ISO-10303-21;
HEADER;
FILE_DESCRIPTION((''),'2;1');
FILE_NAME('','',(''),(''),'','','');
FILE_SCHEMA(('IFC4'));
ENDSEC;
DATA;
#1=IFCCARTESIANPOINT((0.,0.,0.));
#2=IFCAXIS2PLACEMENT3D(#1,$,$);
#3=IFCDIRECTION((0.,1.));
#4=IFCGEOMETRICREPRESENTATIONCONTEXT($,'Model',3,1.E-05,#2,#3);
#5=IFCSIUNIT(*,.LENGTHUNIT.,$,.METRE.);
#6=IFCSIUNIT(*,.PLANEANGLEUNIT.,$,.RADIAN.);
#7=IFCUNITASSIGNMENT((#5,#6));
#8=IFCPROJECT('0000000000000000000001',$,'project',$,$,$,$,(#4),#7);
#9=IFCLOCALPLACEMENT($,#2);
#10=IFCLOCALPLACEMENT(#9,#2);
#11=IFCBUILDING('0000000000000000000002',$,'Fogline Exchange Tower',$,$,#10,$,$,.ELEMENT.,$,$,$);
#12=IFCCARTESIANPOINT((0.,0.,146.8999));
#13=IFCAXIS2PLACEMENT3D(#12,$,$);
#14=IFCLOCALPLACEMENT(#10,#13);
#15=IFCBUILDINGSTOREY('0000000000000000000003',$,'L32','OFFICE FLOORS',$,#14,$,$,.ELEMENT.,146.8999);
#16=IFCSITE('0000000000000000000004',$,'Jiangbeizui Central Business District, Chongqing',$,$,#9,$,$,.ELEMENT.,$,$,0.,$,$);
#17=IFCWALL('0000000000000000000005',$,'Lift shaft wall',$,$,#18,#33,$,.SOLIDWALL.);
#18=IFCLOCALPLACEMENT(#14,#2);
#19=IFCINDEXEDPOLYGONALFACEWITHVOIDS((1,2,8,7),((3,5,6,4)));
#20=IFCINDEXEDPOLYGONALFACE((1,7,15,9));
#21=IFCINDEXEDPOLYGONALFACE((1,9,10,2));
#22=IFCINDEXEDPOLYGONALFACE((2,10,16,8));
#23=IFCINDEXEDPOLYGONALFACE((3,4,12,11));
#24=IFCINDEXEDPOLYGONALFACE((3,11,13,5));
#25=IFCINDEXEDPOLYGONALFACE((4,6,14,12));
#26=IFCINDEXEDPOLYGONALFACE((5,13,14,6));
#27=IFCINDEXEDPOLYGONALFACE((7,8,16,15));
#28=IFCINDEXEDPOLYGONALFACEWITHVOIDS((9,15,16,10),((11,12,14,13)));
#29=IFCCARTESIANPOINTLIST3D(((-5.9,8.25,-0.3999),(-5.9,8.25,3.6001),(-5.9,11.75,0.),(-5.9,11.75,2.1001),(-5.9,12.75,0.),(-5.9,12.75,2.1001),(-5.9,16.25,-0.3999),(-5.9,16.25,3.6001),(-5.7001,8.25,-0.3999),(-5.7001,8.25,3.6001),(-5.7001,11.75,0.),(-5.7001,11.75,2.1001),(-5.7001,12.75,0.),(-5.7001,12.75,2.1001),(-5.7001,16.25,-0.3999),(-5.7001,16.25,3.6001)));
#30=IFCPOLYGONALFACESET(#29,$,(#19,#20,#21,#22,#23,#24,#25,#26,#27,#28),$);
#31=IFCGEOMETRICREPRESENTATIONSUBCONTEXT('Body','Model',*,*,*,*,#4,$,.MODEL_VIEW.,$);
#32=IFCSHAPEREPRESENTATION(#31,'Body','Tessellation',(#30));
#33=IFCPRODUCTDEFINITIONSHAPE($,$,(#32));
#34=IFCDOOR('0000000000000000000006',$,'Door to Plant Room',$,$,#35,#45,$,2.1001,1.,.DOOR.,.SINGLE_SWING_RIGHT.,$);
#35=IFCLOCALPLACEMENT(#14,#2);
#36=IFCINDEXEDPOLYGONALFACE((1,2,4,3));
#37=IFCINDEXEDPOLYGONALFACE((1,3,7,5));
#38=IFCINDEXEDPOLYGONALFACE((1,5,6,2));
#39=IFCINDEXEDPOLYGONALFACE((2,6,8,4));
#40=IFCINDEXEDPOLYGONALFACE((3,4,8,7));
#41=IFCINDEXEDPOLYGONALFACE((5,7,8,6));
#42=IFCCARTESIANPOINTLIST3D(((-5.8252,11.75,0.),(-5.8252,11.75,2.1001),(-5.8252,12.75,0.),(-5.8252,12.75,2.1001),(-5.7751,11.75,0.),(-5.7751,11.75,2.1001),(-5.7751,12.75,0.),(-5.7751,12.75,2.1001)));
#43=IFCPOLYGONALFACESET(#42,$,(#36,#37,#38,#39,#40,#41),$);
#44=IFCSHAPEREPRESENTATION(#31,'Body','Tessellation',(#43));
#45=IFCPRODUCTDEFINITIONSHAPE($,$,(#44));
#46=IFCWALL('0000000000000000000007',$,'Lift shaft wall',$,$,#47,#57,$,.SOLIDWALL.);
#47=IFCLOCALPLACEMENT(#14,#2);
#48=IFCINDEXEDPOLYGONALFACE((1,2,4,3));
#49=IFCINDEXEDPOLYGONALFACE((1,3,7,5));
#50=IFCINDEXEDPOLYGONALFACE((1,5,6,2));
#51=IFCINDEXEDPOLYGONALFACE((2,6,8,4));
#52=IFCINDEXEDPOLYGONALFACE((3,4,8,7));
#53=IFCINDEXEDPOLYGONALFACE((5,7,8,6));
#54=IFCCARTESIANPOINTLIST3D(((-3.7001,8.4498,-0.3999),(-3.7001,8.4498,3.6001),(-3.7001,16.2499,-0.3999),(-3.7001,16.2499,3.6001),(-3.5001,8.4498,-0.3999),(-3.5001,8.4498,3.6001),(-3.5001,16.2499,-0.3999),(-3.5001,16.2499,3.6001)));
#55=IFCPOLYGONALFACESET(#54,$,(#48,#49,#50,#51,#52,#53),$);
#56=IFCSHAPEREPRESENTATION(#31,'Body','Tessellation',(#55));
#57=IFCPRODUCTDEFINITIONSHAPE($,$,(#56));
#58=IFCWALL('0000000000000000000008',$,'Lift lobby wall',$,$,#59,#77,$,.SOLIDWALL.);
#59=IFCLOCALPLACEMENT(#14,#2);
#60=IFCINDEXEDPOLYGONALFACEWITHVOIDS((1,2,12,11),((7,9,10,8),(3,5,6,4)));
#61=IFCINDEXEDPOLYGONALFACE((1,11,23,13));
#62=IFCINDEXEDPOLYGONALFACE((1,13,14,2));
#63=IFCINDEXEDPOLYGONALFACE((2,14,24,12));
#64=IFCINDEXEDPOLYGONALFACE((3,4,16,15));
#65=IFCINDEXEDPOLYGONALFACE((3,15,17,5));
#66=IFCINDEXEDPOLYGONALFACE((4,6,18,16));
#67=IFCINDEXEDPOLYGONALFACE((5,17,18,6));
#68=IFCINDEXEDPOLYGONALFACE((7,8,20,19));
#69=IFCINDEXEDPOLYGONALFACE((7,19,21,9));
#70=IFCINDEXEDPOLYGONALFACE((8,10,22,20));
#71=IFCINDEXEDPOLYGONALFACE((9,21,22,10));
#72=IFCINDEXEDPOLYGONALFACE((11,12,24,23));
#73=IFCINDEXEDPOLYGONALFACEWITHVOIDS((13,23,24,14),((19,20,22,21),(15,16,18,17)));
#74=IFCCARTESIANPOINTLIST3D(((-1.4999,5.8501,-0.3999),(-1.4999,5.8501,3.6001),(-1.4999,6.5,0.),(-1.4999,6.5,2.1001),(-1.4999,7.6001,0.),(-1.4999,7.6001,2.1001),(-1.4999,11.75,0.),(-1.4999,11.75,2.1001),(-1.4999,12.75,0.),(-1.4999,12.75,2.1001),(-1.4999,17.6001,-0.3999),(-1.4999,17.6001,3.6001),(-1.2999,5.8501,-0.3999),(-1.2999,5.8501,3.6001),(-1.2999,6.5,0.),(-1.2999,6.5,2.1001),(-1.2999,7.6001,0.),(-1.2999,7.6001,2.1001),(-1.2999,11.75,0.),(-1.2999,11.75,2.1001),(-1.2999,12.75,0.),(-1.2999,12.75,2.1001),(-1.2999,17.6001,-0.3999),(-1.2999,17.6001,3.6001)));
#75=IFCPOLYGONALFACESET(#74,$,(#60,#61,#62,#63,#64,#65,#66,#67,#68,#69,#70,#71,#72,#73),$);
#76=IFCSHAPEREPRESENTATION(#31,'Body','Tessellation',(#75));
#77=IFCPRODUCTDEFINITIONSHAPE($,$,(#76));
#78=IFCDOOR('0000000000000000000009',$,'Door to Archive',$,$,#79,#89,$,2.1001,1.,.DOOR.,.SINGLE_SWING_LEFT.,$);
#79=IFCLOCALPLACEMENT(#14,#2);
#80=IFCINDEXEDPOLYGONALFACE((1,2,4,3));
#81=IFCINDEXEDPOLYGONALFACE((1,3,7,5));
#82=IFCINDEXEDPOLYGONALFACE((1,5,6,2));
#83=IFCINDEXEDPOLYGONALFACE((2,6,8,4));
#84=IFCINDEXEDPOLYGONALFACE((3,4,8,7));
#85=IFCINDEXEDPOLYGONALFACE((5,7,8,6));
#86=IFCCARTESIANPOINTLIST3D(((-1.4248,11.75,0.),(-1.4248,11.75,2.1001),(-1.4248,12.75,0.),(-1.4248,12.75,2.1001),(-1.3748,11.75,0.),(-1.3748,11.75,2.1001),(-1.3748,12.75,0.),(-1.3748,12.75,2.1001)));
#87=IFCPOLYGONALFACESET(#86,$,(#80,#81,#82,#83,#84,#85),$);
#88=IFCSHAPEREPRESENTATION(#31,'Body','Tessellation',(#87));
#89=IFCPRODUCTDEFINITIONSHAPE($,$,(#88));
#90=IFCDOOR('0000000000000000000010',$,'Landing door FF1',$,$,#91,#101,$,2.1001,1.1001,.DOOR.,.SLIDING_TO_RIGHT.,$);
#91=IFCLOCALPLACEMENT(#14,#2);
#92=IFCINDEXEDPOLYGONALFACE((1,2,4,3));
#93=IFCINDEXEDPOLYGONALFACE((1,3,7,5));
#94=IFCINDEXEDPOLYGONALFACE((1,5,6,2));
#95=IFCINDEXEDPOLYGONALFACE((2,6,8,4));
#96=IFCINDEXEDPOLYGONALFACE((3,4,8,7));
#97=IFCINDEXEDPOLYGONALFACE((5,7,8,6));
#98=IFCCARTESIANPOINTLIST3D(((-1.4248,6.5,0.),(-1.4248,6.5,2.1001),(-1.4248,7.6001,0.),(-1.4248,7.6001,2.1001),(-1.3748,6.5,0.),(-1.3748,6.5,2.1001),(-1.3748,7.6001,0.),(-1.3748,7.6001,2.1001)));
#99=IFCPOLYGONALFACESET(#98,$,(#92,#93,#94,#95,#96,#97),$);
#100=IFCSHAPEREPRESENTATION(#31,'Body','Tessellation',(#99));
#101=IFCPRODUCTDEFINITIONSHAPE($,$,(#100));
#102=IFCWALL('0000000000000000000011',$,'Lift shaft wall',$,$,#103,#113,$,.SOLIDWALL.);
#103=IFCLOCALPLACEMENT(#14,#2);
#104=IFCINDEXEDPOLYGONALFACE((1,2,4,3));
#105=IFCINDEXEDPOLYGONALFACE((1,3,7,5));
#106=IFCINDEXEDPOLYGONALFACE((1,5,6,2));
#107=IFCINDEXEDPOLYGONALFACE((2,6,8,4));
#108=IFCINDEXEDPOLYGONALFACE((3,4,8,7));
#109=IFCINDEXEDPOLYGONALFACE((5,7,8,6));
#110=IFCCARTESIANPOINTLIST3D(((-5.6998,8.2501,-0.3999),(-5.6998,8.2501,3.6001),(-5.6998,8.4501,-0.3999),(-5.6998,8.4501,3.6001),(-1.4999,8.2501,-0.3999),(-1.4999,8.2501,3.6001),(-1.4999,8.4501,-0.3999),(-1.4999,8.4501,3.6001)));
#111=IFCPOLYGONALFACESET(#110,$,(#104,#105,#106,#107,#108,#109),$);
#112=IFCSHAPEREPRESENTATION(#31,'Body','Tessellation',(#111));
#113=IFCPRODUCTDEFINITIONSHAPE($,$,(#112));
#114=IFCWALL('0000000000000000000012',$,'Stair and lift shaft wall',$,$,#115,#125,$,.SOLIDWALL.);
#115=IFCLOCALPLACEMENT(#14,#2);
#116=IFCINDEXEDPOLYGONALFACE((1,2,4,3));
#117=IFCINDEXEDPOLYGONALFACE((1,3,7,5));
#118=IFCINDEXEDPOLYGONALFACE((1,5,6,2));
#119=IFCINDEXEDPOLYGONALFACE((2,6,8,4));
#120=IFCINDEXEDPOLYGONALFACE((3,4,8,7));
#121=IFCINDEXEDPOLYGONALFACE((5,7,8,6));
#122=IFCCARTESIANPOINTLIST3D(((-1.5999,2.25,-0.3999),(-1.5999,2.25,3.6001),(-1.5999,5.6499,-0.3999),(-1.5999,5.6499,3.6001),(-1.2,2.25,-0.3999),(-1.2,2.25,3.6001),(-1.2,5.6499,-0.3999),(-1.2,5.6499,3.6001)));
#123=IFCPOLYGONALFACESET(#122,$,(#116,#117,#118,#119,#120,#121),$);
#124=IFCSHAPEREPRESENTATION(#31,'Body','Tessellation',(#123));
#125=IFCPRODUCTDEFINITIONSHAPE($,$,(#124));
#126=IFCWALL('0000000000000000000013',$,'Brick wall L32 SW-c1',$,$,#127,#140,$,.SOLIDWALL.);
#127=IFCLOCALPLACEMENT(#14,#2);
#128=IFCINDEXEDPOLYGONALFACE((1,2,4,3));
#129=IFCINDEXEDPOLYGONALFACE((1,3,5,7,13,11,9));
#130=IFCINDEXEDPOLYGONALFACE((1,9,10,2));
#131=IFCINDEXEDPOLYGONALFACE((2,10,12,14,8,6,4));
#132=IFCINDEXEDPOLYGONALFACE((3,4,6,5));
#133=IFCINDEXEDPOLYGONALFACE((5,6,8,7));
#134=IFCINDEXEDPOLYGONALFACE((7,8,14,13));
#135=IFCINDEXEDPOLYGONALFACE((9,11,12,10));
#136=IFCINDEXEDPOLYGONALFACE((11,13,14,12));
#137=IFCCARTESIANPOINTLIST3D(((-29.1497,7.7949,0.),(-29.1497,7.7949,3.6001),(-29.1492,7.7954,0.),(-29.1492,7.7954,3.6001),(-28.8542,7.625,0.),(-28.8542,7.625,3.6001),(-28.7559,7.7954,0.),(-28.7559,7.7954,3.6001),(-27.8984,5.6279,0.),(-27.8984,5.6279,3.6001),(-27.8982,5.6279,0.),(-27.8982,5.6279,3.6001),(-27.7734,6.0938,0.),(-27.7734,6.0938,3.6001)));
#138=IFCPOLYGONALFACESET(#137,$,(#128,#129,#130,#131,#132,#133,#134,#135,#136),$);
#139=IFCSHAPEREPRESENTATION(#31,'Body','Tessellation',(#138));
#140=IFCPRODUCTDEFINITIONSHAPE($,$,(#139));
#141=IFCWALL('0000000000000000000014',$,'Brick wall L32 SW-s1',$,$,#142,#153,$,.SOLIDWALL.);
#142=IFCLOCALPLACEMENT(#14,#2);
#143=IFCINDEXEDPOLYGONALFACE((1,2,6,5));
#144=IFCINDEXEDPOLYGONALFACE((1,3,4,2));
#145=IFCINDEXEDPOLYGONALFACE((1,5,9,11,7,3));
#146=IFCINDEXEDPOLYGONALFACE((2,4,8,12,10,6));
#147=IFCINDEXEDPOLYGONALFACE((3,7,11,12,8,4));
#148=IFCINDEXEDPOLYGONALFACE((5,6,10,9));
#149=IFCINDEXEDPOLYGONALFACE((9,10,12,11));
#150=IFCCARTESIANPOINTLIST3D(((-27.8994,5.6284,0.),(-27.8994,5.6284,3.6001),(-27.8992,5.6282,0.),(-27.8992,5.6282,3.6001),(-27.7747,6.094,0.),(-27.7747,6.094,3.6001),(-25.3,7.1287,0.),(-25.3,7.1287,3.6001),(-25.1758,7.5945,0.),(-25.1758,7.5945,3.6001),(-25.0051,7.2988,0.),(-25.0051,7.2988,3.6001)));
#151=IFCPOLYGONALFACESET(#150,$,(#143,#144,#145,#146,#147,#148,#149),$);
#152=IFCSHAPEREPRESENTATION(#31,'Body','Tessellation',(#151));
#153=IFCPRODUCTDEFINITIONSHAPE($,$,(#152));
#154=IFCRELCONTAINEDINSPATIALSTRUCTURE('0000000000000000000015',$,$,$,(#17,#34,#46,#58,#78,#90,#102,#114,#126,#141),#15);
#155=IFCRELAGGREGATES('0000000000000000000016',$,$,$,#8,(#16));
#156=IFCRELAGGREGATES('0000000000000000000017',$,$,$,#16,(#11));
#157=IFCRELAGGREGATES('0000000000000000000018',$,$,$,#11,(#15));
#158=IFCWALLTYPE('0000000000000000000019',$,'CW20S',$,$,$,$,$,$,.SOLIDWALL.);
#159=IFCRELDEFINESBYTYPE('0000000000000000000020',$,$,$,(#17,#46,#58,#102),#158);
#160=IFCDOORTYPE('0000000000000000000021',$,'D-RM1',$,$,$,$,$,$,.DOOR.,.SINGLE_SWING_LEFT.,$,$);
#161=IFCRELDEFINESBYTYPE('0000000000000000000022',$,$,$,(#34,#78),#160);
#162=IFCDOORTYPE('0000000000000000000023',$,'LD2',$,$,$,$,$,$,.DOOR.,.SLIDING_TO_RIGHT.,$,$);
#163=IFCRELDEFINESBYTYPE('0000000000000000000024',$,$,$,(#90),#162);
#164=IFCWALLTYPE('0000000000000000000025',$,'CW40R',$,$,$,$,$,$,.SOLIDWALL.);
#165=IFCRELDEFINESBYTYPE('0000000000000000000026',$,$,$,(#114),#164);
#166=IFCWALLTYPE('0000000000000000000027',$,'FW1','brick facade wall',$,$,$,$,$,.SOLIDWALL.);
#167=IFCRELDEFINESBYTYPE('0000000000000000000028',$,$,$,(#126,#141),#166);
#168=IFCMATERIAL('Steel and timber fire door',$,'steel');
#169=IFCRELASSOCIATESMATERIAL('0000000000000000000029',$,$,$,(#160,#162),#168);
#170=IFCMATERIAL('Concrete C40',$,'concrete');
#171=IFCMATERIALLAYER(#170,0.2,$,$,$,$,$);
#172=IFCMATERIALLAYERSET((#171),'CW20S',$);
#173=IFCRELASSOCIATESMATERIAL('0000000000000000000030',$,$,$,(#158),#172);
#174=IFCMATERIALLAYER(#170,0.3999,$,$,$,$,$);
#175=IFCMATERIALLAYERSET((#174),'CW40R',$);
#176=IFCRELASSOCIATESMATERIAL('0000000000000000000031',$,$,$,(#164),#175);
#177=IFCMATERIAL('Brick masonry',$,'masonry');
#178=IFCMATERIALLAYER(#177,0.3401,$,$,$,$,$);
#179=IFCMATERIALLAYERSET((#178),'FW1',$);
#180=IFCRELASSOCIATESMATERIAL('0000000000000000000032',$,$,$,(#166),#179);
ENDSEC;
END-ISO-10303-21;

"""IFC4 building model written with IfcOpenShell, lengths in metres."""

from ifc_helpers import new_model, si_unit, direction, frame, frame_2d, origin, place, context, subcontext, project, spatial, polyline, rectangle, outline, extrude, material, layer, layer_set, type_object, element, fill, save


model = new_model("IFC4")

# Units and contexts
model_context = context("Model", 3, precision=1e-05, world=origin(), true_north=direction((0.0, 1.0)))
body_context = subcontext(model_context, "Body", "Model", "MODEL_VIEW")
ifc_project = project(units=[si_unit("LENGTHUNIT", "METRE"), si_unit("PLANEANGLEUNIT", "RADIAN")], contexts=[model_context])

# Site, building, storey
site_placement = place(None, origin())
site = spatial("IfcSite", under=ifc_project, at=site_placement, Name="Jiangbeizui Central Business District, Chongqing", CompositionType="ELEMENT", RefElevation=0.0)
building_placement = place(site_placement, origin())
building = spatial("IfcBuilding", under=site, at=building_placement, Name="Fogline Exchange Tower", CompositionType="ELEMENT")
storey_placement = place(building_placement, frame((0.0, 0.0, 146.8999)))
storey = spatial("IfcBuildingStorey", under=building, at=storey_placement, Name="L32", Description="OFFICE FLOORS", CompositionType="ELEMENT", Elevation=146.8999)

# Shared definitions
ifc_material_1 = material(Name="Concrete C40", Category="concrete")

# Wall, opening, door
ifc_material_2 = material(Name="Steel and timber fire door", Category="steel")
door_type_1 = type_object("IfcDoorType", Name="D-RM1", OperationType="SINGLE_SWING_LEFT", PredefinedType="DOOR", material=ifc_material_2)
ifc_layer_1 = layer(ifc_material_1, 0.2)
ifc_layer_set_1 = layer_set([ifc_layer_1], Name="CW20S")
wall_type_1 = type_object("IfcWallType", Name="CW20S", PredefinedType="SOLIDWALL", material=ifc_layer_set_1)
wall_1_placement = place(storey_placement, frame((-5.8, 8.25, -0.3999), z_axis=(0.0, 0.0, 1.0), x_axis=(0.0, 1.0, 0.0)))
wall_1 = element("IfcWall", 1, at=wall_1_placement, inside=storey, type_object=wall_type_1, Name="Lift shaft wall", PredefinedType="SOLIDWALL", context=body_context, shape_type="SweptSolid", body=[
    extrude(rectangle(XDim=8.0, YDim=0.2, at=frame_2d((4.0, 0.0))), origin(), (0.0, 0.0, 1.0), 4.0),
])
opening_1_placement = place(wall_1_placement, frame((3.5, 0.0, 0.3999)))
opening_1 = element("IfcOpeningElement", 2, at=opening_1_placement, cuts=wall_1, PredefinedType="OPENING", context=body_context, shape_type="SweptSolid", body=[
    extrude(rectangle(XDim=1.0, YDim=2.1001, at=frame_2d((0.5, 1.05))), frame((0.0, 0.1099, 0.0), z_axis=(0.0, -1.0, 0.0), x_axis=(1.0, 0.0, 0.0)), (0.0, 0.0, 1.0), 0.22),
])
door_1_placement = place(opening_1_placement, frame((1.0, 0.0, 0.0), z_axis=(0.0, 0.0, 1.0), x_axis=(-1.0, 0.0, 0.0)))
door_1 = element("IfcDoor", 3, at=door_1_placement, inside=storey, type_object=door_type_1, Name="Door to Plant Room", OperationType="SINGLE_SWING_RIGHT", OverallHeight=2.1001, OverallWidth=1.0, PredefinedType="DOOR", context=body_context, shape_type="SweptSolid", body=[
    extrude(rectangle(XDim=1.0, YDim=2.1001, at=frame_2d((0.5, 1.05))), frame((0.0, 0.0249, 0.0), z_axis=(0.0, -1.0, 0.0), x_axis=(1.0, 0.0, 0.0)), (0.0, 0.0, 1.0), 0.05),
])
fill(opening_1, door_1)

# Wall
wall_2_placement = place(storey_placement, frame((-3.6001, 8.45, -0.3999), z_axis=(0.0, 0.0, 1.0), x_axis=(0.0, 1.0, 0.0)))
element("IfcWall", 4, at=wall_2_placement, inside=storey, type_object=wall_type_1, Name="Lift shaft wall", PredefinedType="SOLIDWALL", context=body_context, shape_type="SweptSolid", body=[
    extrude(rectangle(XDim=7.8, YDim=0.2, at=frame_2d((3.8999, 0.0))), origin(), (0.0, 0.0, 1.0), 4.0),
])

# Wall, openings, doors
wall_3_placement = place(storey_placement, frame((-1.3999, 5.8501, -0.3999), z_axis=(0.0, 0.0, 1.0), x_axis=(0.0, 1.0, 0.0)))
wall_3 = element("IfcWall", 5, at=wall_3_placement, inside=storey, type_object=wall_type_1, Name="Lift lobby wall", PredefinedType="SOLIDWALL", context=body_context, shape_type="SweptSolid", body=[
    extrude(rectangle(XDim=11.75, YDim=0.2, at=frame_2d((5.875, 0.0))), origin(), (0.0, 0.0, 1.0), 4.0),
])
opening_2_placement = place(wall_3_placement, frame((0.6499, 0.0, 0.3999)))
opening_2 = element("IfcOpeningElement", 6, at=opening_2_placement, cuts=wall_3, PredefinedType="OPENING", context=body_context, shape_type="SweptSolid", body=[
    extrude(rectangle(XDim=1.1001, YDim=2.1001, at=frame_2d((0.55, 1.05))), frame((0.0, 0.1099, 0.0), z_axis=(0.0, -1.0, 0.0), x_axis=(1.0, 0.0, 0.0)), (0.0, 0.0, 1.0), 0.22),
])
opening_3_placement = place(wall_3_placement, frame((5.8999, 0.0, 0.3999)))
opening_3 = element("IfcOpeningElement", 7, at=opening_3_placement, cuts=wall_3, PredefinedType="OPENING", context=body_context, shape_type="SweptSolid", body=[
    extrude(rectangle(XDim=1.0, YDim=2.1001, at=frame_2d((0.5, 1.05))), frame((0.0, 0.1099, 0.0), z_axis=(0.0, -1.0, 0.0), x_axis=(1.0, 0.0, 0.0)), (0.0, 0.0, 1.0), 0.22),
])
door_2_placement = place(opening_3_placement, origin())
door_2 = element("IfcDoor", 8, at=door_2_placement, inside=storey, type_object=door_type_1, Name="Door to Archive", OperationType="SINGLE_SWING_LEFT", OverallHeight=2.1001, OverallWidth=1.0, PredefinedType="DOOR", context=body_context, shape_type="SweptSolid", body=[
    extrude(rectangle(XDim=1.0, YDim=2.1001, at=frame_2d((0.5, 1.05))), frame((0.0, 0.0249, 0.0), z_axis=(0.0, -1.0, 0.0), x_axis=(1.0, 0.0, 0.0)), (0.0, 0.0, 1.0), 0.05),
])
fill(opening_3, door_2)
door_type_2 = type_object("IfcDoorType", Name="LD2", OperationType="SLIDING_TO_RIGHT", PredefinedType="DOOR", material=ifc_material_2)
door_3_placement = place(opening_2_placement, origin())
door_3 = element("IfcDoor", 9, at=door_3_placement, inside=storey, type_object=door_type_2, Name="Landing door FF1", OperationType="SLIDING_TO_RIGHT", OverallHeight=2.1001, OverallWidth=1.1001, PredefinedType="DOOR", context=body_context, shape_type="SweptSolid", body=[
    extrude(rectangle(XDim=1.1001, YDim=2.1001, at=frame_2d((0.55, 1.05))), frame((0.0, 0.0249, 0.0), z_axis=(0.0, -1.0, 0.0), x_axis=(1.0, 0.0, 0.0)), (0.0, 0.0, 1.0), 0.05),
])
fill(opening_2, door_3)

# Walls
wall_4_placement = place(storey_placement, frame((-5.7, 8.3501, -0.3999), z_axis=(0.0, 0.0, 1.0), x_axis=(1.0, 0.0, 0.0)))
element("IfcWall", 10, at=wall_4_placement, inside=storey, type_object=wall_type_1, Name="Lift shaft wall", PredefinedType="SOLIDWALL", context=body_context, shape_type="SweptSolid", body=[
    extrude(rectangle(XDim=4.2, YDim=0.2, at=frame_2d((2.1001, 0.0))), origin(), (0.0, 0.0, 1.0), 4.0),
])
ifc_layer_2 = layer(ifc_material_1, 0.3999)
ifc_layer_set_2 = layer_set([ifc_layer_2], Name="CW40R")
wall_type_2 = type_object("IfcWallType", Name="CW40R", PredefinedType="SOLIDWALL", material=ifc_layer_set_2)
wall_5_placement = place(storey_placement, frame((-1.3999, 2.25, -0.3999), z_axis=(0.0, 0.0, 1.0), x_axis=(0.0, 1.0, 0.0)))
element("IfcWall", 11, at=wall_5_placement, inside=storey, type_object=wall_type_2, Name="Stair and lift shaft wall", PredefinedType="SOLIDWALL", context=body_context, shape_type="SweptSolid", body=[
    extrude(rectangle(XDim=3.3999, YDim=0.3999, at=frame_2d((1.7, 0.0))), origin(), (0.0, 0.0, 1.0), 4.0),
])
ifc_material_3 = material(Name="Brick masonry", Category="masonry")
ifc_layer_3 = layer(ifc_material_3, 0.3401)
ifc_layer_set_3 = layer_set([ifc_layer_3], Name="FW1")
wall_type_3 = type_object("IfcWallType", Name="FW1", Description="brick facade wall", PredefinedType="SOLIDWALL", material=ifc_layer_set_3)
wall_6_placement = place(storey_placement, origin())
element("IfcWall", 12, at=wall_6_placement, inside=storey, type_object=wall_type_3, Name="Brick wall L32 SW-c1", PredefinedType="SOLIDWALL", context=body_context, shape_type="SweptSolid", body=[
    extrude(outline(polyline([(-27.8984, 5.6279), (-29.1497, 7.7949), (-29.1492, 7.7954), (-28.8542, 7.625), (-28.7559, 7.7954), (-27.7734, 6.0938), (-27.8982, 5.6279), (-27.8984, 5.6279)])), origin(), (0.0, 0.0, 1.0), 3.6001),
])
wall_7_placement = place(storey_placement, origin())
element("IfcWall", 13, at=wall_7_placement, inside=storey, type_object=wall_type_3, Name="Brick wall L32 SW-s1", PredefinedType="SOLIDWALL", context=body_context, shape_type="SweptSolid", body=[
    extrude(outline(polyline([(-25.1758, 7.5945), (-25.0051, 7.2988), (-25.3, 7.1287), (-27.8992, 5.6282), (-27.8994, 5.6284), (-27.7747, 6.094), (-25.1758, 7.5945)])), origin(), (0.0, 0.0, 1.0), 3.6001),
])

save(model, "model.ifc")
